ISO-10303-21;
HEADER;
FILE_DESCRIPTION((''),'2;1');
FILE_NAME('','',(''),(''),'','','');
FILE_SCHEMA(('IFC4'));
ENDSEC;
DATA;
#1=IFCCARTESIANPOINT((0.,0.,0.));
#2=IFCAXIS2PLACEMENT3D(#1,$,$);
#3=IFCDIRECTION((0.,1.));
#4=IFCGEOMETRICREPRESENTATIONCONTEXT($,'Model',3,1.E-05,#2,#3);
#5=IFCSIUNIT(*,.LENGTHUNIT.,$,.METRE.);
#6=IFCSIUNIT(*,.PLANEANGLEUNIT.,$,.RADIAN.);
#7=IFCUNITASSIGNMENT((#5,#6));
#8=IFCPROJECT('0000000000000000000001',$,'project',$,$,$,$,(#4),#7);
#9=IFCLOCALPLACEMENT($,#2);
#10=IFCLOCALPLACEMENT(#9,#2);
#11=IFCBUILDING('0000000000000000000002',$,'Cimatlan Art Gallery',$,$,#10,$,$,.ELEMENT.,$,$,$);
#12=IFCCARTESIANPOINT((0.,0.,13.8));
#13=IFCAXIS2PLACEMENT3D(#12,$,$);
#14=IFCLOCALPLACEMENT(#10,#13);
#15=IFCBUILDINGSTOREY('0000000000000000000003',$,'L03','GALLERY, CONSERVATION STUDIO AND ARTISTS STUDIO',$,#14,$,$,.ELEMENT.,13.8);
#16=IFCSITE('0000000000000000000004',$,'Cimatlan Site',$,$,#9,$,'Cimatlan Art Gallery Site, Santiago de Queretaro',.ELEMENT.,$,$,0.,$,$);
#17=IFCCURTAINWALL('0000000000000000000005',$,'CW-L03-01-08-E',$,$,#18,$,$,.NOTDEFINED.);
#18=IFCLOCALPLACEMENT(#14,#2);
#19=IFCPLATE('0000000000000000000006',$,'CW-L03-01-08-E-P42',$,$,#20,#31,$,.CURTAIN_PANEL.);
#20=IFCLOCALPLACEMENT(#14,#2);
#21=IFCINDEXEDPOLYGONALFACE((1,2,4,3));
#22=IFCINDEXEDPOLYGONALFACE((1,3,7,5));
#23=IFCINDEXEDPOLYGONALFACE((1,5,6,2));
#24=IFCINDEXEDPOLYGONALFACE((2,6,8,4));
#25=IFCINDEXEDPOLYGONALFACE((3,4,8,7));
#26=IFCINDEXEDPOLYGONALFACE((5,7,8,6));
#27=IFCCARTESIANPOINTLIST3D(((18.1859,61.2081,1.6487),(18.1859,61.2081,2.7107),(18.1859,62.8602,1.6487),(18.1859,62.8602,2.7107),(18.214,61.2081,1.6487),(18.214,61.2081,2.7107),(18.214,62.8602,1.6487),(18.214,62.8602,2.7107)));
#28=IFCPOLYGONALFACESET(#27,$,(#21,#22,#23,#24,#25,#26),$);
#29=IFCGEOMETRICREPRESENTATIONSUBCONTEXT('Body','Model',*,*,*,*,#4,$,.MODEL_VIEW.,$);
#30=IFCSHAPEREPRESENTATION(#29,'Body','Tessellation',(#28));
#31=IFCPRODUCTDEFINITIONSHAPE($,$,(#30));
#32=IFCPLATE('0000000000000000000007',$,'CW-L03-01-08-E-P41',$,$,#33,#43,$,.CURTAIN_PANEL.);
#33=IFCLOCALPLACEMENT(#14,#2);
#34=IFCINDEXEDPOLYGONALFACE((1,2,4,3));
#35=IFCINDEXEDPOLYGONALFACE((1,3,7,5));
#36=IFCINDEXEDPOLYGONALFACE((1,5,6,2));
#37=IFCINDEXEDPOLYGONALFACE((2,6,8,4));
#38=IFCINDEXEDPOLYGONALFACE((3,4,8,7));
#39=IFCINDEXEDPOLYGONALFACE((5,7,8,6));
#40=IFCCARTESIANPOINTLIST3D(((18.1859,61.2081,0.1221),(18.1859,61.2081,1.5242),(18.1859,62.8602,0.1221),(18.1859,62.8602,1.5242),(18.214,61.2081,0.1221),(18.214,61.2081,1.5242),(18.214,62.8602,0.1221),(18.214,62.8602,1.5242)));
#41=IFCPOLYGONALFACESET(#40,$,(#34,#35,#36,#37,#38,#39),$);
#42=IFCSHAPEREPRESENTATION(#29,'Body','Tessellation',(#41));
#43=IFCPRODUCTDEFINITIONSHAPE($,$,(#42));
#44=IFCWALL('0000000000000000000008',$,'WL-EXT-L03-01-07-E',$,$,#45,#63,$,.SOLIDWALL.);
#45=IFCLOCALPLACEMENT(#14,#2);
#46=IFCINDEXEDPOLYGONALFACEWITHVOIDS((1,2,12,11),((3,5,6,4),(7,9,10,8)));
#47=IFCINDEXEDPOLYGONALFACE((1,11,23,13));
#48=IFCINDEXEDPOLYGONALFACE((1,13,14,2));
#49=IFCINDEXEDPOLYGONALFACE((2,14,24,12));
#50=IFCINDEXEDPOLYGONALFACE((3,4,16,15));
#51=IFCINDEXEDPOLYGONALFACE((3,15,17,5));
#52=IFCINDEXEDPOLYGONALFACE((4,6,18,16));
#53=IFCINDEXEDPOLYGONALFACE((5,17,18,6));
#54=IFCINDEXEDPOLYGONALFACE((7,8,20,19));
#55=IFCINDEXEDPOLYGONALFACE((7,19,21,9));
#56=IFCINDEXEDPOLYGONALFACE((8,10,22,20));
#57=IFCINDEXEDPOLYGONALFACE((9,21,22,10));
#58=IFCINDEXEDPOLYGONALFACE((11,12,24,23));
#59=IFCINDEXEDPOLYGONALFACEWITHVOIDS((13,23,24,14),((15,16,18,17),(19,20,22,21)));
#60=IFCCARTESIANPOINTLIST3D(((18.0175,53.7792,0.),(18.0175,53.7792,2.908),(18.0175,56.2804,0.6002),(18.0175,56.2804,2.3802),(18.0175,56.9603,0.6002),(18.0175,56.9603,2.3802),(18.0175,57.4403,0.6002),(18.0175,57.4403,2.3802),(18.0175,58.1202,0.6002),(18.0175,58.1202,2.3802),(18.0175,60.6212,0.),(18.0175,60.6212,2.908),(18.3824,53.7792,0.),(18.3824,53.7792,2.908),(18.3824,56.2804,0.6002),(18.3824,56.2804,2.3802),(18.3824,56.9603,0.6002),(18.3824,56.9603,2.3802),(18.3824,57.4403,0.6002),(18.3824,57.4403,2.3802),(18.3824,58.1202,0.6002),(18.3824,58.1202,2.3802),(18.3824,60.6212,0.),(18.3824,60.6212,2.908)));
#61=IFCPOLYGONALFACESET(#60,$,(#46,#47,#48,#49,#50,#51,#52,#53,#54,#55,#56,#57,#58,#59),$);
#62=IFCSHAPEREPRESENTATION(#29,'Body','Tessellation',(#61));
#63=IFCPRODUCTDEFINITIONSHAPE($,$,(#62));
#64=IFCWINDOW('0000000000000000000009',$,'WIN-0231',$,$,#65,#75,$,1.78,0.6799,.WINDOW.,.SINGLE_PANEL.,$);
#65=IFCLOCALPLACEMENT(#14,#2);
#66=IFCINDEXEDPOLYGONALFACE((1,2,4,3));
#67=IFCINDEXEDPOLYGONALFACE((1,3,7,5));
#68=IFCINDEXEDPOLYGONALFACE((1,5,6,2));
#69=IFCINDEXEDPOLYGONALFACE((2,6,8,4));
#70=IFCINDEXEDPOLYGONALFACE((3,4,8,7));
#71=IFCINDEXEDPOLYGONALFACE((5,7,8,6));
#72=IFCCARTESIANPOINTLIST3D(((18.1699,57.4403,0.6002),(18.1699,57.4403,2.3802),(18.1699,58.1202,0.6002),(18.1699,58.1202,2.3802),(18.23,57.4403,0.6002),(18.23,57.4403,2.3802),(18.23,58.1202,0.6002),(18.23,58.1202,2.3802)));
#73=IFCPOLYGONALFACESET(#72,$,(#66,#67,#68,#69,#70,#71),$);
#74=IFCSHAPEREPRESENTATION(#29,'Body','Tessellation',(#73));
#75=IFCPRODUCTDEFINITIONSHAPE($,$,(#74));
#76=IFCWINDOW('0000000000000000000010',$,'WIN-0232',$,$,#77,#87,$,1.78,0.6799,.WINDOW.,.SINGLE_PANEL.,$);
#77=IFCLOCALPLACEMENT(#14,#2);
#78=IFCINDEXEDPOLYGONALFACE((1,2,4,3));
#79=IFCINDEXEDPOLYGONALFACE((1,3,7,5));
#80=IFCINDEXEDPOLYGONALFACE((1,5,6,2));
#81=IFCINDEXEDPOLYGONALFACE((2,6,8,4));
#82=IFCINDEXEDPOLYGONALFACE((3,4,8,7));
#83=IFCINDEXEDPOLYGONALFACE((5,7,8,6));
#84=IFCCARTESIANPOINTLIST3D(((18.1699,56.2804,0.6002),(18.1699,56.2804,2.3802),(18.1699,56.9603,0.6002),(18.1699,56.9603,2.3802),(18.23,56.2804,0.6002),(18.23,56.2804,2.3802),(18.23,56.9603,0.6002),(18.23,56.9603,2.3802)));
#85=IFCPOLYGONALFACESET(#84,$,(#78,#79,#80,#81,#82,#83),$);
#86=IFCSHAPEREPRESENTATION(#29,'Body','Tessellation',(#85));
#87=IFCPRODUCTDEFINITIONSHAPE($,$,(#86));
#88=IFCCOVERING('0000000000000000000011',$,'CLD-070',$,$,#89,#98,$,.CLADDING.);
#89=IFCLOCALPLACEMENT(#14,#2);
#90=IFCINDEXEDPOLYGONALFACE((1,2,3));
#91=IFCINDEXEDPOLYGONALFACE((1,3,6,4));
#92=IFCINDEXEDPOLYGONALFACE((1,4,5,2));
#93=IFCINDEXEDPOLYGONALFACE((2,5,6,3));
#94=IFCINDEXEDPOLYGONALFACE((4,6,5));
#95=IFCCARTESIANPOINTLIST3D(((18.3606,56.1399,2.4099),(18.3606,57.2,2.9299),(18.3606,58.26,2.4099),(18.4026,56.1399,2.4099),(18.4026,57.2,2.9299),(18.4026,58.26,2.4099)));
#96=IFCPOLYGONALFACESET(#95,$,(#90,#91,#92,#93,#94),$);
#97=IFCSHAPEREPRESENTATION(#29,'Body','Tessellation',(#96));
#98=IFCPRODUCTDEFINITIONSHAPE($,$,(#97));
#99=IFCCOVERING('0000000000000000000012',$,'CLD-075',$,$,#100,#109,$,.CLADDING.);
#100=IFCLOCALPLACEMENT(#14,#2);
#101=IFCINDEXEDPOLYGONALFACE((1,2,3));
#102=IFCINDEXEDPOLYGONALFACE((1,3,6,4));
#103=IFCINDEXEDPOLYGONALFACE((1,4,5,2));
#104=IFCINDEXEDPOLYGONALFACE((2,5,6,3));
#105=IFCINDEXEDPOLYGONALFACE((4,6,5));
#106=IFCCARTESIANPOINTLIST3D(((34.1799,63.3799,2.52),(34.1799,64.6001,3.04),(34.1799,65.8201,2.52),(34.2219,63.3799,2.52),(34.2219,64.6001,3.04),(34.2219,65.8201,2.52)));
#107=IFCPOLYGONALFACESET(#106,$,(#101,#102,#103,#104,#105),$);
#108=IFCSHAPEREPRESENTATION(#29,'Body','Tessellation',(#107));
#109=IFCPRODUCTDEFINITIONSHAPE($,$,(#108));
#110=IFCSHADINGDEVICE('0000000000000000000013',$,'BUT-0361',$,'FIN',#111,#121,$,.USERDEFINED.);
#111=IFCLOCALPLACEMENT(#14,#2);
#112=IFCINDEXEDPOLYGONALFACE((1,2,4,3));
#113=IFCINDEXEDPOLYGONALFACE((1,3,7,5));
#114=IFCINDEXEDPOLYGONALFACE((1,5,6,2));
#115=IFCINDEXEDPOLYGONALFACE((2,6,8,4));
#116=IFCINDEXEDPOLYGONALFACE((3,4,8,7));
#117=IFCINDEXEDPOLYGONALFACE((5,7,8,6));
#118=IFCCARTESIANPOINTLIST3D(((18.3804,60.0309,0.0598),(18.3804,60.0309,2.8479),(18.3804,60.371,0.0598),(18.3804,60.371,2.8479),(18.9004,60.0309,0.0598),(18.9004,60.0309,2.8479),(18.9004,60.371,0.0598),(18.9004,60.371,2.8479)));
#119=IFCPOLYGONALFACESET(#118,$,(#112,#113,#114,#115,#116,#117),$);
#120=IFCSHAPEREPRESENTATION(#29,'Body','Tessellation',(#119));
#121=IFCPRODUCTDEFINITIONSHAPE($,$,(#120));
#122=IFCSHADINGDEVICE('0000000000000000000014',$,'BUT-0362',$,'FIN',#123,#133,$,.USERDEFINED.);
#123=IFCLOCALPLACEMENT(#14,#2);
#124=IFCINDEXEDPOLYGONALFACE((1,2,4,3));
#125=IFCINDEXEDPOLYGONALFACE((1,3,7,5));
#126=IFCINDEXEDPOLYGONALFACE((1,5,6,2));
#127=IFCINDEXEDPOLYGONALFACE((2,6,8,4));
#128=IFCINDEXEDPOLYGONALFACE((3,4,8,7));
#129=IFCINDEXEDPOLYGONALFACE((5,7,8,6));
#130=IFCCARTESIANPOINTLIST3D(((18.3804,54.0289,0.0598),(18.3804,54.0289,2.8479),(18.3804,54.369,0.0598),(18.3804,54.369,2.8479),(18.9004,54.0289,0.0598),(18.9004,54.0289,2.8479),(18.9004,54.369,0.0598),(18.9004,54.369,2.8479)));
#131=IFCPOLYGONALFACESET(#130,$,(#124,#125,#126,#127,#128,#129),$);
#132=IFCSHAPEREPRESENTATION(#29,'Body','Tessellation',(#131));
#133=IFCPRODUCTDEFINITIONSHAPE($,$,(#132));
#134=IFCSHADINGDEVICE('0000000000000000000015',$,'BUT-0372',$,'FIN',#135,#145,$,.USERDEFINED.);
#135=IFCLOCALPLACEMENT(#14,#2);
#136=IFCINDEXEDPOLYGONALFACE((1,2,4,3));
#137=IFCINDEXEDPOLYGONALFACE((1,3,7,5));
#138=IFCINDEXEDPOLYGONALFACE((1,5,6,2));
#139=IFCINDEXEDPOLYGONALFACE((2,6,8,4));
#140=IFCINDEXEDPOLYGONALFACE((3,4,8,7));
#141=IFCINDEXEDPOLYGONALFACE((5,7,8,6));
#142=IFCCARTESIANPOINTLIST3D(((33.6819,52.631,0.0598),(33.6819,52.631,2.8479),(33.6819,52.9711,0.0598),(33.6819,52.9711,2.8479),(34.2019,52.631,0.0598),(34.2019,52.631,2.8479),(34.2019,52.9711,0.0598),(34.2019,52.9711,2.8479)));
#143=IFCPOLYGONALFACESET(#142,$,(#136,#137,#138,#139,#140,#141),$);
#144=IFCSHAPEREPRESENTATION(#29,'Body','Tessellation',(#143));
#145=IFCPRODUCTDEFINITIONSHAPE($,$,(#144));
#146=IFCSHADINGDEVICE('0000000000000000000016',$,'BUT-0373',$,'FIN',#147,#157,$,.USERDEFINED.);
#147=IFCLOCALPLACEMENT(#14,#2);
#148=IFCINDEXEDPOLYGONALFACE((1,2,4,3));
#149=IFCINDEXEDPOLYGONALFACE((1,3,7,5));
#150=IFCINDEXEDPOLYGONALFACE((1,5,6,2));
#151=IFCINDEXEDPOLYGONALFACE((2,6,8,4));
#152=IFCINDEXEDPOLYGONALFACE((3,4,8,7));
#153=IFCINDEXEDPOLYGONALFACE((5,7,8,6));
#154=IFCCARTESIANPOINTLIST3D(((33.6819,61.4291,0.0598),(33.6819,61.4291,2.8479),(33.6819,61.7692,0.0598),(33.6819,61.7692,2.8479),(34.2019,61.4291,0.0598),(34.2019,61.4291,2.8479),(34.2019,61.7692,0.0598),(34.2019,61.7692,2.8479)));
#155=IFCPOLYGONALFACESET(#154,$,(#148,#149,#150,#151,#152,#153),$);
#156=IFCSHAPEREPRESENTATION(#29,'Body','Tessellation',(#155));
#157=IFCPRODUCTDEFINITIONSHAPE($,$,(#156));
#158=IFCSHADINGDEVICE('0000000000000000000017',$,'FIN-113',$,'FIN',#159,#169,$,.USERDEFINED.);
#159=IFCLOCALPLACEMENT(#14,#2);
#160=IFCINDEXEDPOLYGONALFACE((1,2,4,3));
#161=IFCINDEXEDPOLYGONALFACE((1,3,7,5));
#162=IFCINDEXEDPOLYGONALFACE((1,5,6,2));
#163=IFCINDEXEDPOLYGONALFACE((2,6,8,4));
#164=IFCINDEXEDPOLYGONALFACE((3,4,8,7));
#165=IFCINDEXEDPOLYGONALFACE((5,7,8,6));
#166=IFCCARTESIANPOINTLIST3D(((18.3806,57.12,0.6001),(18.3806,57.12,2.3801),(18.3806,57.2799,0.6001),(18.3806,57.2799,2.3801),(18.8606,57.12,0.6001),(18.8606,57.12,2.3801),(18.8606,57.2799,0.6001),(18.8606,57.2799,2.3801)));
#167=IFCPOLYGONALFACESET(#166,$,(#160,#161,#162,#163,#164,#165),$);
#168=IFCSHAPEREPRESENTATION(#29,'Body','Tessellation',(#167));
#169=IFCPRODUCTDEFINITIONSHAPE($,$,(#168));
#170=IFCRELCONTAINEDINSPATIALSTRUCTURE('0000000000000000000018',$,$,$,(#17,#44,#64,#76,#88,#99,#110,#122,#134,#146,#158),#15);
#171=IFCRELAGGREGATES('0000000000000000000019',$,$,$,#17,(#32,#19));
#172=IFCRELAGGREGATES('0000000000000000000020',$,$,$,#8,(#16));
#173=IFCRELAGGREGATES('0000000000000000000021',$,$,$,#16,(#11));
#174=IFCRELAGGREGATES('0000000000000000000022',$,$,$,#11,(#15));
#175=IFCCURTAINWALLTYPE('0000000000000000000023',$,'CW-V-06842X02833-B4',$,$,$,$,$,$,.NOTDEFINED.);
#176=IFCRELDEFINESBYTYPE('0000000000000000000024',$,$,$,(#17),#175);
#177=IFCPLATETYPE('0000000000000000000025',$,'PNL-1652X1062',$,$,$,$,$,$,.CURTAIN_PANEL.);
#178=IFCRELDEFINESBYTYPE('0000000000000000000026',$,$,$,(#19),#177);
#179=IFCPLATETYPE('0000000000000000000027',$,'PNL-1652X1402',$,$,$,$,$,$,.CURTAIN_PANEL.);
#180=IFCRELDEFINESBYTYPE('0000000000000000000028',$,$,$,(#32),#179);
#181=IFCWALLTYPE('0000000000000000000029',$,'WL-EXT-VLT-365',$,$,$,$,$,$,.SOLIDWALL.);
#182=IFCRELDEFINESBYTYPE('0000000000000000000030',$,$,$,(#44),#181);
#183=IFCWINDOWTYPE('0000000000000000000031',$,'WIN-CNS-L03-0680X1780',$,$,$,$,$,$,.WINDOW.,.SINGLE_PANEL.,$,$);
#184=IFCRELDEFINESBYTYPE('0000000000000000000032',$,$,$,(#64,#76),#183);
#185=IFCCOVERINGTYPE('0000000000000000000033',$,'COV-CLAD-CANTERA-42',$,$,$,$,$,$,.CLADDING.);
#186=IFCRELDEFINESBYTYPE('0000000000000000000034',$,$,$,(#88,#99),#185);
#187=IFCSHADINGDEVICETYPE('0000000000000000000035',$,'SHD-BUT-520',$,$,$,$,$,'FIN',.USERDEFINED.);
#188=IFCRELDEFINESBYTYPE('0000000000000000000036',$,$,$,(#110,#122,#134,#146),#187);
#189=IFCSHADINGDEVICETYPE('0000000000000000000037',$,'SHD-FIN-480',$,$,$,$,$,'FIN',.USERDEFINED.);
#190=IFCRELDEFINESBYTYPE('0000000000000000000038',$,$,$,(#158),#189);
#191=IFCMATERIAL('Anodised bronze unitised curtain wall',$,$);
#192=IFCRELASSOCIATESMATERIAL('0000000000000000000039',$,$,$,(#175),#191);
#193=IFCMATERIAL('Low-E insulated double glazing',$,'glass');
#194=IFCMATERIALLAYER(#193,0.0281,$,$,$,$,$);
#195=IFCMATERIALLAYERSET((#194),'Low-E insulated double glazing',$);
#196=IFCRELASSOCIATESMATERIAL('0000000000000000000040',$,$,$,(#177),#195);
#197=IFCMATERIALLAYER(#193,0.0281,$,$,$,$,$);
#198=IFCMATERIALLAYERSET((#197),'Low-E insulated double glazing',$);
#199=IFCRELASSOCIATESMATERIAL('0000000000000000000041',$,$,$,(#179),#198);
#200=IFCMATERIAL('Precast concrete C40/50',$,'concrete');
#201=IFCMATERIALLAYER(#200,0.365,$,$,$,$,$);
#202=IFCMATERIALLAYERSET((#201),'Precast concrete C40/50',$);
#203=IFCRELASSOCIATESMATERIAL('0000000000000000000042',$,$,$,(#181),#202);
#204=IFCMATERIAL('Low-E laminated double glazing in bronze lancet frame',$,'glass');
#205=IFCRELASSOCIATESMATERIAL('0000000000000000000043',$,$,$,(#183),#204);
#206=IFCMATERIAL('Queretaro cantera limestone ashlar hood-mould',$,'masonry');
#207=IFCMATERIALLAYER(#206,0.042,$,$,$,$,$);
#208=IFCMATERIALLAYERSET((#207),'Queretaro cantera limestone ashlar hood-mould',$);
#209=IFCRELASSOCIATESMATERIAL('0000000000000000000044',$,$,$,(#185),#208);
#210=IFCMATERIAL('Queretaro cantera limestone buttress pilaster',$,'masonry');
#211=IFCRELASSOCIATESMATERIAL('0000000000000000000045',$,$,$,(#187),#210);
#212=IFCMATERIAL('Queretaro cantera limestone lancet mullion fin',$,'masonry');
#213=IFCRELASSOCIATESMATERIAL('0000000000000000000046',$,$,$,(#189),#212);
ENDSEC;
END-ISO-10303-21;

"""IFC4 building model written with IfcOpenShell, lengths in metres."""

from ifc_helpers import new_model, si_unit, direction, frame, frame_2d, origin, origin_2d, place, context, subcontext, project, spatial, polyline, rectangle, outline, extrude, material, layer, layer_set, type_object, element, fill, aggregate, save


model = new_model("IFC4")

# Units and contexts
model_context = context("Model", 3, precision=1e-05, world=origin(), true_north=direction((0.0, 1.0)))
body_context = subcontext(model_context, "Body", "Model", "MODEL_VIEW")
ifc_project = project(units=[si_unit("LENGTHUNIT", "METRE"), si_unit("PLANEANGLEUNIT", "RADIAN")], contexts=[model_context])

# Site, building, storey
site_placement = place(None, origin())
site = spatial("IfcSite", under=ifc_project, at=site_placement, Name="Cimatlan Site", LongName="Cimatlan Art Gallery Site, Santiago de Queretaro", CompositionType="ELEMENT", RefElevation=0.0)
building_placement = place(site_placement, origin())
building = spatial("IfcBuilding", under=site, at=building_placement, Name="Cimatlan Art Gallery", CompositionType="ELEMENT")
storey_placement = place(building_placement, frame((0.0, 0.0, 13.8)))
storey = spatial("IfcBuildingStorey", under=building, at=storey_placement, Name="L03", Description="GALLERY, CONSERVATION STUDIO AND ARTISTS STUDIO", CompositionType="ELEMENT", Elevation=13.8)

# Shared definitions
ifc_material_1 = material(Name="Anodised bronze unitised curtain wall")

# Curtain wall
curtain_wall_type_1 = type_object("IfcCurtainWallType", Name="CW-V-06842X02833-B4", PredefinedType="NOTDEFINED", material=ifc_material_1)
curtain_wall_1_placement = place(storey_placement, origin())
curtain_wall_1 = element("IfcCurtainWall", 1, at=curtain_wall_1_placement, inside=storey, type_object=curtain_wall_type_1, Name="CW-L03-01-08-E", PredefinedType="NOTDEFINED")

# Plates
ifc_material_2 = material(Name="Low-E insulated double glazing", Category="glass")
ifc_layer_1 = layer(ifc_material_2, 0.0281)
ifc_layer_set_1 = layer_set([ifc_layer_1], Name="Low-E insulated double glazing")
plate_type_1 = type_object("IfcPlateType", Name="PNL-1652X1062", PredefinedType="CURTAIN_PANEL", material=ifc_layer_set_1)
plate_1_placement = place(storey_placement, frame((18.2, 62.0342, 1.6487), z_axis=(0.0, 0.0, 1.0), x_axis=(0.0, -1.0, 0.0)))
plate_1 = element("IfcPlate", 2, at=plate_1_placement, type_object=plate_type_1, Name="CW-L03-01-08-E-P42", PredefinedType="CURTAIN_PANEL", context=body_context, shape_type="SweptSolid", body=[
    extrude(rectangle(XDim=1.6521, YDim=0.0281, at=origin_2d()), origin(), (0.0, 0.0, 1.0), 1.062),
])
ifc_layer_2 = layer(ifc_material_2, 0.0281)
ifc_layer_set_2 = layer_set([ifc_layer_2], Name="Low-E insulated double glazing")
plate_type_2 = type_object("IfcPlateType", Name="PNL-1652X1402", PredefinedType="CURTAIN_PANEL", material=ifc_layer_set_2)
plate_2_placement = place(storey_placement, frame((18.2, 62.0342, 0.1221), z_axis=(0.0, 0.0, 1.0), x_axis=(0.0, -1.0, 0.0)))
plate_2 = element("IfcPlate", 3, at=plate_2_placement, type_object=plate_type_2, Name="CW-L03-01-08-E-P41", PredefinedType="CURTAIN_PANEL", context=body_context, shape_type="SweptSolid", body=[
    extrude(rectangle(XDim=1.6521, YDim=0.0281, at=origin_2d()), origin(), (0.0, 0.0, 1.0), 1.4021),
])
aggregate(curtain_wall_1, [plate_2, plate_1])

# Wall, openings, windows
ifc_material_3 = material(Name="Precast concrete C40/50", Category="concrete")
ifc_layer_3 = layer(ifc_material_3, 0.365)
ifc_layer_set_3 = layer_set([ifc_layer_3], Name="Precast concrete C40/50")
wall_type = type_object("IfcWallType", Name="WL-EXT-VLT-365", PredefinedType="SOLIDWALL", material=ifc_layer_set_3)
wall_placement = place(storey_placement, frame((18.2, 60.6211, 0.0), z_axis=(0.0, 0.0, 1.0), x_axis=(0.0, -1.0, 0.0)))
wall = element("IfcWall", 4, at=wall_placement, inside=storey, type_object=wall_type, Name="WL-EXT-L03-01-07-E", PredefinedType="SOLIDWALL", context=body_context, shape_type="SweptSolid", body=[
    extrude(rectangle(XDim=6.842, YDim=0.365, at=frame_2d((3.4209, 0.0))), origin(), (0.0, 0.0, 1.0), 2.908),
])
opening_1_placement = place(wall_placement, frame((2.501, 0.0, 0.6001)))
opening_1 = element("IfcOpeningElement", 5, at=opening_1_placement, cuts=wall, PredefinedType="OPENING", context=body_context, shape_type="SweptSolid", body=[
    extrude(rectangle(XDim=0.6799, YDim=1.78, at=frame_2d((0.3398, 0.8901))), frame((0.0, 0.1924, 0.0), z_axis=(0.0, -1.0, 0.0), x_axis=(1.0, 0.0, 0.0)), (0.0, 0.0, 1.0), 0.385),
])
opening_2_placement = place(wall_placement, frame((3.6609, 0.0, 0.6001)))
opening_2 = element("IfcOpeningElement", 6, at=opening_2_placement, cuts=wall, PredefinedType="OPENING", context=body_context, shape_type="SweptSolid", body=[
    extrude(rectangle(XDim=0.6799, YDim=1.78, at=frame_2d((0.3398, 0.8901))), frame((0.0, 0.1924, 0.0), z_axis=(0.0, -1.0, 0.0), x_axis=(1.0, 0.0, 0.0)), (0.0, 0.0, 1.0), 0.385),
])
ifc_material_4 = material(Name="Low-E laminated double glazing in bronze lancet frame", Category="glass")
window_type = type_object("IfcWindowType", Name="WIN-CNS-L03-0680X1780", PartitioningType="SINGLE_PANEL", PredefinedType="WINDOW", material=ifc_material_4)
window_1_placement = place(opening_1_placement, origin())
window_1 = element("IfcWindow", 7, at=window_1_placement, inside=storey, type_object=window_type, Name="WIN-0231", OverallHeight=1.78, OverallWidth=0.6799, PartitioningType="SINGLE_PANEL", PredefinedType="WINDOW", context=body_context, shape_type="SweptSolid", body=[
    extrude(rectangle(XDim=0.6799, YDim=1.78, at=frame_2d((0.3398, 0.8901))), frame((0.0, 0.03, 0.0), z_axis=(0.0, -1.0, 0.0), x_axis=(1.0, 0.0, 0.0)), (0.0, 0.0, 1.0), 0.0601),
])
fill(opening_1, window_1)
window_2_placement = place(opening_2_placement, origin())
window_2 = element("IfcWindow", 8, at=window_2_placement, inside=storey, type_object=window_type, Name="WIN-0232", OverallHeight=1.78, OverallWidth=0.6799, PartitioningType="SINGLE_PANEL", PredefinedType="WINDOW", context=body_context, shape_type="SweptSolid", body=[
    extrude(rectangle(XDim=0.6799, YDim=1.78, at=frame_2d((0.3398, 0.8901))), frame((0.0, 0.03, 0.0), z_axis=(0.0, -1.0, 0.0), x_axis=(1.0, 0.0, 0.0)), (0.0, 0.0, 1.0), 0.0601),
])
fill(opening_2, window_2)

# Coverings
ifc_material_5 = material(Name="Queretaro cantera limestone ashlar hood-mould", Category="masonry")
ifc_layer_4 = layer(ifc_material_5, 0.042)
ifc_layer_set_4 = layer_set([ifc_layer_4], Name="Queretaro cantera limestone ashlar hood-mould")
covering_type = type_object("IfcCoveringType", Name="COV-CLAD-CANTERA-42", PredefinedType="CLADDING", material=ifc_layer_set_4)
covering_1_placement = place(storey_placement, frame((18.3606, 58.26, 2.4099), z_axis=(-1.0, 0.0, 0.0), x_axis=(0.0, -1.0, 0.0)))
element("IfcCovering", 9, at=covering_1_placement, inside=storey, type_object=covering_type, Name="CLD-070", PredefinedType="CLADDING", context=body_context, shape_type="SweptSolid", body=[
    extrude(outline(polyline([(0.0, 0.0), (2.1201, 0.0), (1.0601, 0.52), (0.0, 0.0)])), origin(), (0.0, 0.0, -1.0), 0.042),
])
covering_2_placement = place(storey_placement, frame((34.2219, 63.3799, 2.52), z_axis=(1.0, 0.0, 0.0), x_axis=(0.0, 1.0, 0.0)))
element("IfcCovering", 10, at=covering_2_placement, inside=storey, type_object=covering_type, Name="CLD-075", PredefinedType="CLADDING", context=body_context, shape_type="SweptSolid", body=[
    extrude(outline(polyline([(0.0, 0.0), (2.4402, 0.0), (1.2202, 0.52), (0.0, 0.0)])), origin(), (0.0, 0.0, -1.0), 0.042),
])

# Shading devices
ifc_material_6 = material(Name="Queretaro cantera limestone buttress pilaster", Category="masonry")
shading_device_type_1 = type_object("IfcShadingDeviceType", Name="SHD-BUT-520", ElementType="FIN", PredefinedType="USERDEFINED", material=ifc_material_6)
for number, where, z_axis, x_axis, name in (
    (11, (18.6404, 60.2009, 0.0598), (0.0, 0.0, 1.0), (0.0, -1.0, 0.0), "BUT-0361"),
    (12, (18.6404, 54.199, 0.0598), (0.0, 0.0, 1.0), (0.0, -1.0, 0.0), "BUT-0362"),
    (13, (33.9419, 52.801, 0.0598), (0.0, 0.0, 1.0), (0.0, 1.0, 0.0), "BUT-0372"),
    (14, (33.9419, 61.5991, 0.0598), (0.0, 0.0, 1.0), (0.0, 1.0, 0.0), "BUT-0373"),
):
    element("IfcShadingDevice", number, at=place(storey_placement, frame(where, z_axis=z_axis, x_axis=x_axis)), inside=storey, type_object=shading_device_type_1, Name=name, ObjectType="FIN", PredefinedType="USERDEFINED", context=body_context, shape_type="SweptSolid", body=[
        extrude(rectangle(XDim=0.3401, YDim=0.52, at=origin_2d()), origin(), (0.0, 0.0, 1.0), 2.7881),
    ])
ifc_material_7 = material(Name="Queretaro cantera limestone lancet mullion fin", Category="masonry")
shading_device_type_2 = type_object("IfcShadingDeviceType", Name="SHD-FIN-480", ElementType="FIN", PredefinedType="USERDEFINED", material=ifc_material_7)
shading_device_placement = place(storey_placement, frame((18.6206, 57.2, 0.6001), z_axis=(0.0, 0.0, 1.0), x_axis=(0.0, -1.0, 0.0)))
element("IfcShadingDevice", 15, at=shading_device_placement, inside=storey, type_object=shading_device_type_2, Name="FIN-113", ObjectType="FIN", PredefinedType="USERDEFINED", context=body_context, shape_type="SweptSolid", body=[
    extrude(rectangle(XDim=0.1599, YDim=0.48, at=origin_2d()), origin(), (0.0, 0.0, 1.0), 1.78),
])

save(model, "model.ifc")
